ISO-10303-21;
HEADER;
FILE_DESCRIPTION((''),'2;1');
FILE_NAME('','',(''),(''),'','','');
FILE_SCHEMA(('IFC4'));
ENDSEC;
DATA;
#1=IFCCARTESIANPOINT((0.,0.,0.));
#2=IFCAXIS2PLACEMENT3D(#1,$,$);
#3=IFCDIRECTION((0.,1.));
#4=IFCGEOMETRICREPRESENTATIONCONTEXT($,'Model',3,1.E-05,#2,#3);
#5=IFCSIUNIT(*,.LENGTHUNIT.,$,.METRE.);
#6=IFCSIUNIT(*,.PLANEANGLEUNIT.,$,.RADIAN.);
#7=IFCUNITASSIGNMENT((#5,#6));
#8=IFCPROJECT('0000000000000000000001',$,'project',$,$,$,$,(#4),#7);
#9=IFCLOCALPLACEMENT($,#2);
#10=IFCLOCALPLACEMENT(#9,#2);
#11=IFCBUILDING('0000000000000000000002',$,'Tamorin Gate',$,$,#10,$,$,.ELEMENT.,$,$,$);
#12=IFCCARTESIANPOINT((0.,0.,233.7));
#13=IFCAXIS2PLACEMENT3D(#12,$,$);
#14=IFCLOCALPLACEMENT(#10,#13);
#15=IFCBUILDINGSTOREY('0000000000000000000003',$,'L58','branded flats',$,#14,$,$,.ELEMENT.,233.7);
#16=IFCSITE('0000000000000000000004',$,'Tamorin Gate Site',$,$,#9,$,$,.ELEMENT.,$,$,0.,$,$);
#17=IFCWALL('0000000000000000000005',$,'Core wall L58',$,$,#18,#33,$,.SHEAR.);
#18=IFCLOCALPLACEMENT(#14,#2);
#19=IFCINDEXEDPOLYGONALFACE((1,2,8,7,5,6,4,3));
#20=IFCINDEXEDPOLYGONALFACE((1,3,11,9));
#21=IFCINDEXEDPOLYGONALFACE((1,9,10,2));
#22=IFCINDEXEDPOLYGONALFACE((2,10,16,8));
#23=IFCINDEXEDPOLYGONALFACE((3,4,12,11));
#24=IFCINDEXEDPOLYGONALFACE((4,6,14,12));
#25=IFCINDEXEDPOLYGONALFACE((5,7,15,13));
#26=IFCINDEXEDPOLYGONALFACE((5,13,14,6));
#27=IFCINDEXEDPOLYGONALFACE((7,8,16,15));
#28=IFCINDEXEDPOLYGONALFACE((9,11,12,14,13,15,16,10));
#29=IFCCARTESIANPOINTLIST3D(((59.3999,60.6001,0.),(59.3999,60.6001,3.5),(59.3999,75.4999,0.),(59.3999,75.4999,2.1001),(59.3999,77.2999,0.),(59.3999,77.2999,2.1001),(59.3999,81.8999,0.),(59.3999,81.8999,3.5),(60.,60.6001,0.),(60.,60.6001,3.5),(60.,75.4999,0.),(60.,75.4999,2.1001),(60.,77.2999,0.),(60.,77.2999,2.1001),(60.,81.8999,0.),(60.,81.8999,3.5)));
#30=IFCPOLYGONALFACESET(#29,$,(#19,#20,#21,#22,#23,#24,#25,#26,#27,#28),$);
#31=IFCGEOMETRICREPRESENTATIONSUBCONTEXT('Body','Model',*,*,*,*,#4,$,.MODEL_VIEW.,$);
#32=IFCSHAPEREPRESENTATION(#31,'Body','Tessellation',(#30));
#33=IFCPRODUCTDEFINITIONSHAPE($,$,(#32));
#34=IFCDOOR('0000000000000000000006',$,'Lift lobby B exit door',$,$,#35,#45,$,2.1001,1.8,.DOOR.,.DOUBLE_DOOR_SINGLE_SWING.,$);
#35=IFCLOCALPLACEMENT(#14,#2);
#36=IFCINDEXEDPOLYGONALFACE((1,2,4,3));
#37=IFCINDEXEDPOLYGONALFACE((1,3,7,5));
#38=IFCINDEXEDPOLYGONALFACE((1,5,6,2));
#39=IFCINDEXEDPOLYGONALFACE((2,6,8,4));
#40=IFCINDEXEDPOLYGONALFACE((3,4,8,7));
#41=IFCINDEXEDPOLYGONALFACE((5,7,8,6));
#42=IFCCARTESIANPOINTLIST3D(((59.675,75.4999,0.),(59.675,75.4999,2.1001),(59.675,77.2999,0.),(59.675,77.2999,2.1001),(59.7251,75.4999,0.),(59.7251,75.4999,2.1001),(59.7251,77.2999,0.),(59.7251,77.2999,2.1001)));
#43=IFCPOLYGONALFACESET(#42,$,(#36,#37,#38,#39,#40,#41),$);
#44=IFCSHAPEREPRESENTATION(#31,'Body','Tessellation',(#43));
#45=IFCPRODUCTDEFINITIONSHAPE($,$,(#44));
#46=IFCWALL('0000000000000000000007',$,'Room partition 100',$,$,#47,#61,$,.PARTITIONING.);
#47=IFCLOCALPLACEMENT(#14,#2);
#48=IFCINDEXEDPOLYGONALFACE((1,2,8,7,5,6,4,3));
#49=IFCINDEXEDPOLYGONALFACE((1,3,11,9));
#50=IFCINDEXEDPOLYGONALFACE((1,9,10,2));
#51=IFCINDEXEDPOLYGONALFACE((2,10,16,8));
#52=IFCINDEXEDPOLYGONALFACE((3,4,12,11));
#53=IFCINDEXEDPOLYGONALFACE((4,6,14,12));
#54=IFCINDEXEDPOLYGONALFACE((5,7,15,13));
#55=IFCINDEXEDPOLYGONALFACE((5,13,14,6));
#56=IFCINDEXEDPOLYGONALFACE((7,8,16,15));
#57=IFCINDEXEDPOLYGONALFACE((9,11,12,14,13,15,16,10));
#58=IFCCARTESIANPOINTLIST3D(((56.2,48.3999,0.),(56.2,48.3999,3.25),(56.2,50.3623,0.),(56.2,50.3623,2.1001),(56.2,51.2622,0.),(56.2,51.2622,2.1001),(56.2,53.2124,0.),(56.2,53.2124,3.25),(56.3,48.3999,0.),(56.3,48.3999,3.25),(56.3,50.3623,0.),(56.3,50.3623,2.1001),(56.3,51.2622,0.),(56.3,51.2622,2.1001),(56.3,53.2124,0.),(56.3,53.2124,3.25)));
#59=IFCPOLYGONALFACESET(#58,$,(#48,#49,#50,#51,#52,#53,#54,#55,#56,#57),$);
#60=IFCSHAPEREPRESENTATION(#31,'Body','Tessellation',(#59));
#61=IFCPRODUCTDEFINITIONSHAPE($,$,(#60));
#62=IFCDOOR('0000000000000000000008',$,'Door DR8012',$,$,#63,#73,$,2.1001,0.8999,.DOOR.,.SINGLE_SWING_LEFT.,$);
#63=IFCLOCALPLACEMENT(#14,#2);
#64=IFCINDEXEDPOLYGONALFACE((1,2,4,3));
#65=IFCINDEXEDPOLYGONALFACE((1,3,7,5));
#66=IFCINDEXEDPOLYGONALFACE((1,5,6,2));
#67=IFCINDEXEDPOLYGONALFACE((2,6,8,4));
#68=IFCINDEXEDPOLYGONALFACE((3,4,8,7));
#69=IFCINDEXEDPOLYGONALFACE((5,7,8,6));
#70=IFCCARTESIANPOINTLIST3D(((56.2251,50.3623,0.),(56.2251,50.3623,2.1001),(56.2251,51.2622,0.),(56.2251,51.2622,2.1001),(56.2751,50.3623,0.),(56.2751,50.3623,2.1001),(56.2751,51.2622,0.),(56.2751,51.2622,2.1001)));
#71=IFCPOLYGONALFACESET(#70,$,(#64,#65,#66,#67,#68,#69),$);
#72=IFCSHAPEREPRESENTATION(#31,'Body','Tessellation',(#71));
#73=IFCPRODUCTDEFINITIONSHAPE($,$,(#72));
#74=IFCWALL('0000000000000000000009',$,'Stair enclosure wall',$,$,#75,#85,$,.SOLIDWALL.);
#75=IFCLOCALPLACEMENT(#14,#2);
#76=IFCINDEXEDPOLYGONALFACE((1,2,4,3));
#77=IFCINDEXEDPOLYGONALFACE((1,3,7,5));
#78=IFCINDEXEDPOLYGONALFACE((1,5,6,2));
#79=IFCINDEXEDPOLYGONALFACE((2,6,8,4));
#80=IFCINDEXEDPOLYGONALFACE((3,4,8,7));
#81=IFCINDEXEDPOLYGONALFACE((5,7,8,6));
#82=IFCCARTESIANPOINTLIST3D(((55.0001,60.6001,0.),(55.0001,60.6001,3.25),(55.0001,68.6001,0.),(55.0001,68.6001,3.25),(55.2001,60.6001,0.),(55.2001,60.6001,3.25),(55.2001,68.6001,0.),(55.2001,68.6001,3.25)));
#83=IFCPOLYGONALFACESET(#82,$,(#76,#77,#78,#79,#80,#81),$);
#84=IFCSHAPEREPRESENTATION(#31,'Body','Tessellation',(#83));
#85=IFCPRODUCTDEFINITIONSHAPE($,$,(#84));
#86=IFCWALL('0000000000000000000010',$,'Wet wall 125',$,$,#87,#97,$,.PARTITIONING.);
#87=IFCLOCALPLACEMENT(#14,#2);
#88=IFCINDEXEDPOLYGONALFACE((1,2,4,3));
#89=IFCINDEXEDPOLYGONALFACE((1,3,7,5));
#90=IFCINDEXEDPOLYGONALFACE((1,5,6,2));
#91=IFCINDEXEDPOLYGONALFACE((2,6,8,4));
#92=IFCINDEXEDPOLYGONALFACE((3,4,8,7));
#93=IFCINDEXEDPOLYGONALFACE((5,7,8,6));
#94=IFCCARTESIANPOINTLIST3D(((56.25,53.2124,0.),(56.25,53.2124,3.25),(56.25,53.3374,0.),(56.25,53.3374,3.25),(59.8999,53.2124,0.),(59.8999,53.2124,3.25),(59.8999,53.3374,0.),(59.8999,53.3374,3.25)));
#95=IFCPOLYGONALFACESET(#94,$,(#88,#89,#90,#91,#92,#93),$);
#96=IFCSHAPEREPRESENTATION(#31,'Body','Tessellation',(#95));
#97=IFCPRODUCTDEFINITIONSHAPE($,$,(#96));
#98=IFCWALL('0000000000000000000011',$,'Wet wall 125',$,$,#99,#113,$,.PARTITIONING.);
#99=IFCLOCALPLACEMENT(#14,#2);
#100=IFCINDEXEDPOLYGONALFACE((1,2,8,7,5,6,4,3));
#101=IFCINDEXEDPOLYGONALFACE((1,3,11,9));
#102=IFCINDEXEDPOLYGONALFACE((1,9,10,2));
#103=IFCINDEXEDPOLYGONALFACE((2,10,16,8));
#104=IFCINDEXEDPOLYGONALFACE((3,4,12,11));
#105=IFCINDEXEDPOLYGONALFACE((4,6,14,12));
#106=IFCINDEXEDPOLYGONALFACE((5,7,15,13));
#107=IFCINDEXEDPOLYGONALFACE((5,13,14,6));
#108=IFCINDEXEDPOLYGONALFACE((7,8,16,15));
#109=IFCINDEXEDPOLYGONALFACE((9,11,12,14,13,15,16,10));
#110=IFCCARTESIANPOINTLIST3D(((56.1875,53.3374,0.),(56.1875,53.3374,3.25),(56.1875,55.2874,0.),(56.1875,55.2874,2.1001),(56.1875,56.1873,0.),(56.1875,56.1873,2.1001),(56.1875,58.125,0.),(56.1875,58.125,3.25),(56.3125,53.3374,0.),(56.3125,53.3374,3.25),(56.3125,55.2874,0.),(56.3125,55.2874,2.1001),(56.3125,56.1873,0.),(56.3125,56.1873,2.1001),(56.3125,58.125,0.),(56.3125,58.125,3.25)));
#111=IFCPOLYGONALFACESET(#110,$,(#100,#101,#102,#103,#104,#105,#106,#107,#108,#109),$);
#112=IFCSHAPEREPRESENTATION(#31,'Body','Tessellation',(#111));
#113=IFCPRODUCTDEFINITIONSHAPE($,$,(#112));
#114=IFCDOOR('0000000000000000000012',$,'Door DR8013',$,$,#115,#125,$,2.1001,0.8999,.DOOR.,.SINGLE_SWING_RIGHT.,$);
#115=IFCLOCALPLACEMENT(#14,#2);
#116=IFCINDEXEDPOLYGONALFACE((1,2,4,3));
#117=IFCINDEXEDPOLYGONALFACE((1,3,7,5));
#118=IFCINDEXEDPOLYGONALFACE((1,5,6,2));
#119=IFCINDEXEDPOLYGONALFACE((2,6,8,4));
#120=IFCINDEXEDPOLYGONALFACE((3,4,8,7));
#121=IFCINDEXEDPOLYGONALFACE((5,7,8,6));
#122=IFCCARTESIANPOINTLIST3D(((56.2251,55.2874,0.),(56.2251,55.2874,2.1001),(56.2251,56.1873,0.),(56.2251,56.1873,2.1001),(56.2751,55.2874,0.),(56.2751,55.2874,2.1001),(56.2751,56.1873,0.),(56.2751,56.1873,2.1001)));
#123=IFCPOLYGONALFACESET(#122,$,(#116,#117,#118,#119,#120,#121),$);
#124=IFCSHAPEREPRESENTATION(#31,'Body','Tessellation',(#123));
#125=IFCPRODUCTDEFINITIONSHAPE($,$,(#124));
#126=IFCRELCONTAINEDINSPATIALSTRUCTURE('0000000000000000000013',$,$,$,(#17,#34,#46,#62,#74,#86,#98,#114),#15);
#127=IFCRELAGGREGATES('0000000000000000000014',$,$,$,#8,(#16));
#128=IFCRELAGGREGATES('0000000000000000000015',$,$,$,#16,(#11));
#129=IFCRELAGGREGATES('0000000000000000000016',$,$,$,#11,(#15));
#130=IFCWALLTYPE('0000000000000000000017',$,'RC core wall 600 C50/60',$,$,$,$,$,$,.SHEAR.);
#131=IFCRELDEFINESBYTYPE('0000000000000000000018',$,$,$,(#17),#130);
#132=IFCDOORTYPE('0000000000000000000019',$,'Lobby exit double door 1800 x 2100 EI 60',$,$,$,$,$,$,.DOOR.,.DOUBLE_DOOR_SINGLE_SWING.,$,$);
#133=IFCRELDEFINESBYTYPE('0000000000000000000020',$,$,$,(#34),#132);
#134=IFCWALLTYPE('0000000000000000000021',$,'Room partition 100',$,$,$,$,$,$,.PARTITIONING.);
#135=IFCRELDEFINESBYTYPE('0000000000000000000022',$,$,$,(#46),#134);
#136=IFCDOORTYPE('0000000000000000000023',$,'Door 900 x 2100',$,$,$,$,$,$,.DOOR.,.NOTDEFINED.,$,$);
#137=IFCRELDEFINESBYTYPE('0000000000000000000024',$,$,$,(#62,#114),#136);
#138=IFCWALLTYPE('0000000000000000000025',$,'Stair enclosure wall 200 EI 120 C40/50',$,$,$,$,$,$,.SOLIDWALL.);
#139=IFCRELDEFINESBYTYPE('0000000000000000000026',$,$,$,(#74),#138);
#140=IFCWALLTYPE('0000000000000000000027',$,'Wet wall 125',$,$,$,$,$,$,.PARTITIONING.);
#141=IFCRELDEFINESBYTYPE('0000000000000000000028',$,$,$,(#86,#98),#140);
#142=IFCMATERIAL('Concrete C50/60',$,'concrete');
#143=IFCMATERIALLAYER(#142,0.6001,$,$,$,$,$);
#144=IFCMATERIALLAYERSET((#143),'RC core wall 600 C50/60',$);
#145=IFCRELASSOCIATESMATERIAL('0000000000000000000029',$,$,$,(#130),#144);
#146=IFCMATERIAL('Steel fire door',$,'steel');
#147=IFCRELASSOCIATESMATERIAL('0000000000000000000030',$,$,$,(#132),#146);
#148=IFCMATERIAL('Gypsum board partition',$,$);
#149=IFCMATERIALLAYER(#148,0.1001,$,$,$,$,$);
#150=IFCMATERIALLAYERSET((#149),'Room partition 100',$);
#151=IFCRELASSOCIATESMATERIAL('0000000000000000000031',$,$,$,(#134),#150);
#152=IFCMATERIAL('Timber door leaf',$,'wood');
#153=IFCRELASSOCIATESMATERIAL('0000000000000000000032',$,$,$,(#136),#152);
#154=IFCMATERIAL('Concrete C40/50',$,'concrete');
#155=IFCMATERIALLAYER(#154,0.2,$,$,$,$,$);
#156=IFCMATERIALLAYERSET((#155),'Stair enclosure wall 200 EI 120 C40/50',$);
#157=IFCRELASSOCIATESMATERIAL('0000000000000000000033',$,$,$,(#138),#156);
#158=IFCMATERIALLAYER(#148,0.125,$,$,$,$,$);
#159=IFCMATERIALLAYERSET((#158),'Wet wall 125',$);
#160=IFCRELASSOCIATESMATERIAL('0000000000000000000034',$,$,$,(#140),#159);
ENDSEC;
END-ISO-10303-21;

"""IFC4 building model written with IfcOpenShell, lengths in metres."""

from ifc_helpers import new_model, si_unit, direction, frame, frame_2d, origin, place, context, subcontext, project, spatial, rectangle, extrude, material, layer, layer_set, type_object, element, fill, save


model = new_model("IFC4")

# Units and contexts
model_context = context("Model", 3, precision=1e-05, world=origin(), true_north=direction((0.0, 1.0)))
body_context = subcontext(model_context, "Body", "Model", "MODEL_VIEW")
ifc_project = project(units=[si_unit("LENGTHUNIT", "METRE"), si_unit("PLANEANGLEUNIT", "RADIAN")], contexts=[model_context])

# Site, building, storey
site_placement = place(None, origin())
site = spatial("IfcSite", under=ifc_project, at=site_placement, Name="Tamorin Gate Site", CompositionType="ELEMENT", RefElevation=0.0)
building_placement = place(site_placement, origin())
building = spatial("IfcBuilding", under=site, at=building_placement, Name="Tamorin Gate", CompositionType="ELEMENT")
storey_placement = place(building_placement, frame((0.0, 0.0, 233.7)))
storey = spatial("IfcBuildingStorey", under=building, at=storey_placement, Name="L58", Description="branded flats", CompositionType="ELEMENT", Elevation=233.7)

# Shared definitions
ifc_material_1 = material(Name="Concrete C50/60", Category="concrete")

# Shared definitions
ifc_material_2 = material(Name="Gypsum board partition")

# Walls, openings, doors
ifc_layer_1 = layer(ifc_material_1, 0.6001)
ifc_layer_set_1 = layer_set([ifc_layer_1], Name="RC core wall 600 C50/60")
wall_type_1 = type_object("IfcWallType", Name="RC core wall 600 C50/60", PredefinedType="SHEAR", material=ifc_layer_set_1)
wall_1_placement = place(storey_placement, frame((59.7, 60.6001, 0.0), z_axis=(0.0, 0.0, 1.0), x_axis=(0.0, 1.0, 0.0)))
wall_1 = element("IfcWall", 1, at=wall_1_placement, inside=storey, type_object=wall_type_1, Name="Core wall L58", PredefinedType="SHEAR", context=body_context, shape_type="SweptSolid", body=[
    extrude(rectangle(XDim=21.2998, YDim=0.6001, at=frame_2d((10.6499, 0.0))), origin(), (0.0, 0.0, 1.0), 3.5),
])
opening_1_placement = place(wall_1_placement, frame((14.8999, 0.0, 0.0)))
opening_1 = element("IfcOpeningElement", 2, at=opening_1_placement, cuts=wall_1, PredefinedType="OPENING", context=body_context, shape_type="SweptSolid", body=[
    extrude(rectangle(XDim=1.8, YDim=2.1001, at=frame_2d((0.8999, 1.05))), frame((0.0, 0.3101, 0.0), z_axis=(0.0, -1.0, 0.0), x_axis=(1.0, 0.0, 0.0)), (0.0, 0.0, 1.0), 0.6201),
])
ifc_material_3 = material(Name="Steel fire door", Category="steel")
door_type_1 = type_object("IfcDoorType", Name="Lobby exit double door 1800 x 2100 EI 60", OperationType="DOUBLE_DOOR_SINGLE_SWING", PredefinedType="DOOR", material=ifc_material_3)
door_1_placement = place(opening_1_placement, origin())
door_1 = element("IfcDoor", 3, at=door_1_placement, inside=storey, type_object=door_type_1, Name="Lift lobby B exit door", OperationType="DOUBLE_DOOR_SINGLE_SWING", OverallHeight=2.1001, OverallWidth=1.8, PredefinedType="DOOR", context=body_context, shape_type="SweptSolid", body=[
    extrude(rectangle(XDim=1.8, YDim=2.1001, at=frame_2d((0.8999, 1.05))), frame((0.0, 0.0249, 0.0), z_axis=(0.0, -1.0, 0.0), x_axis=(1.0, 0.0, 0.0)), (0.0, 0.0, 1.0), 0.05),
])
fill(opening_1, door_1)
ifc_layer_2 = layer(ifc_material_2, 0.1001)
ifc_layer_set_2 = layer_set([ifc_layer_2], Name="Room partition 100")
wall_type_2 = type_object("IfcWallType", Name="Room partition 100", PredefinedType="PARTITIONING", material=ifc_layer_set_2)
wall_2_placement = place(storey_placement, frame((56.25, 48.3999, 0.0), z_axis=(0.0, 0.0, 1.0), x_axis=(0.0, 1.0, 0.0)))
wall_2 = element("IfcWall", 4, at=wall_2_placement, inside=storey, type_object=wall_type_2, Name="Room partition 100", PredefinedType="PARTITIONING", context=body_context, shape_type="SweptSolid", body=[
    extrude(rectangle(XDim=4.8125, YDim=0.1001, at=frame_2d((2.4062, 0.0))), origin(), (0.0, 0.0, 1.0), 3.25),
])
opening_2_placement = place(wall_2_placement, frame((1.9624, 0.0, 0.0)))
opening_2 = element("IfcOpeningElement", 5, at=opening_2_placement, cuts=wall_2, PredefinedType="OPENING", context=body_context, shape_type="SweptSolid", body=[
    extrude(rectangle(XDim=0.8999, YDim=2.1001, at=frame_2d((0.45, 1.05))), frame((0.0, 0.0601, 0.0), z_axis=(0.0, -1.0, 0.0), x_axis=(1.0, 0.0, 0.0)), (0.0, 0.0, 1.0), 0.1201),
])
ifc_material_4 = material(Name="Timber door leaf", Category="wood")
door_type_2 = type_object("IfcDoorType", Name="Door 900 x 2100", OperationType="NOTDEFINED", PredefinedType="DOOR", material=ifc_material_4)
door_2_placement = place(opening_2_placement, origin())
door_2 = element("IfcDoor", 6, at=door_2_placement, inside=storey, type_object=door_type_2, Name="Door DR8012", OperationType="SINGLE_SWING_LEFT", OverallHeight=2.1001, OverallWidth=0.8999, PredefinedType="DOOR", context=body_context, shape_type="SweptSolid", body=[
    extrude(rectangle(XDim=0.8999, YDim=2.1001, at=frame_2d((0.45, 1.05))), frame((0.0, 0.0249, 0.0), z_axis=(0.0, -1.0, 0.0), x_axis=(1.0, 0.0, 0.0)), (0.0, 0.0, 1.0), 0.05),
])
fill(opening_2, door_2)

# Walls
ifc_material_5 = material(Name="Concrete C40/50", Category="concrete")
ifc_layer_3 = layer(ifc_material_5, 0.2)
ifc_layer_set_3 = layer_set([ifc_layer_3], Name="Stair enclosure wall 200 EI 120 C40/50")
wall_type_3 = type_object("IfcWallType", Name="Stair enclosure wall 200 EI 120 C40/50", PredefinedType="SOLIDWALL", material=ifc_layer_set_3)
wall_3_placement = place(storey_placement, frame((55.1001, 60.6001, 0.0), z_axis=(0.0, 0.0, 1.0), x_axis=(0.0, 1.0, 0.0)))
element("IfcWall", 7, at=wall_3_placement, inside=storey, type_object=wall_type_3, Name="Stair enclosure wall", PredefinedType="SOLIDWALL", context=body_context, shape_type="SweptSolid", body=[
    extrude(rectangle(XDim=8.0, YDim=0.2, at=frame_2d((4.0, 0.0))), origin(), (0.0, 0.0, 1.0), 3.25),
])
ifc_layer_4 = layer(ifc_material_2, 0.125)
ifc_layer_set_4 = layer_set([ifc_layer_4], Name="Wet wall 125")
wall_type_4 = type_object("IfcWallType", Name="Wet wall 125", PredefinedType="PARTITIONING", material=ifc_layer_set_4)
wall_4_placement = place(storey_placement, frame((56.25, 53.2749, 0.0), z_axis=(0.0, 0.0, 1.0), x_axis=(1.0, 0.0, 0.0)))
element("IfcWall", 8, at=wall_4_placement, inside=storey, type_object=wall_type_4, Name="Wet wall 125", PredefinedType="PARTITIONING", context=body_context, shape_type="SweptSolid", body=[
    extrude(rectangle(XDim=3.6499, YDim=0.125, at=frame_2d((1.825, 0.0))), origin(), (0.0, 0.0, 1.0), 3.25),
])

# Wall, opening, door
wall_5_placement = place(storey_placement, frame((56.25, 53.3374, 0.0), z_axis=(0.0, 0.0, 1.0), x_axis=(0.0, 1.0, 0.0)))
wall_5 = element("IfcWall", 9, at=wall_5_placement, inside=storey, type_object=wall_type_4, Name="Wet wall 125", PredefinedType="PARTITIONING", context=body_context, shape_type="SweptSolid", body=[
    extrude(rectangle(XDim=4.7876, YDim=0.125, at=frame_2d((2.3938, 0.0))), origin(), (0.0, 0.0, 1.0), 3.25),
])
opening_3_placement = place(wall_5_placement, frame((1.95, 0.0, 0.0)))
opening_3 = element("IfcOpeningElement", 10, at=opening_3_placement, cuts=wall_5, PredefinedType="OPENING", context=body_context, shape_type="SweptSolid", body=[
    extrude(rectangle(XDim=0.8999, YDim=2.1001, at=frame_2d((0.45, 1.05))), frame((0.0, 0.0725, 0.0), z_axis=(0.0, -1.0, 0.0), x_axis=(1.0, 0.0, 0.0)), (0.0, 0.0, 1.0), 0.145),
])
door_3_placement = place(opening_3_placement, origin())
door_3 = element("IfcDoor", 11, at=door_3_placement, inside=storey, type_object=door_type_2, Name="Door DR8013", OperationType="SINGLE_SWING_RIGHT", OverallHeight=2.1001, OverallWidth=0.8999, PredefinedType="DOOR", context=body_context, shape_type="SweptSolid", body=[
    extrude(rectangle(XDim=0.8999, YDim=2.1001, at=frame_2d((0.45, 1.05))), frame((0.0, 0.0249, 0.0), z_axis=(0.0, -1.0, 0.0), x_axis=(1.0, 0.0, 0.0)), (0.0, 0.0, 1.0), 0.05),
])
fill(opening_3, door_3)

save(model, "model.ifc")
